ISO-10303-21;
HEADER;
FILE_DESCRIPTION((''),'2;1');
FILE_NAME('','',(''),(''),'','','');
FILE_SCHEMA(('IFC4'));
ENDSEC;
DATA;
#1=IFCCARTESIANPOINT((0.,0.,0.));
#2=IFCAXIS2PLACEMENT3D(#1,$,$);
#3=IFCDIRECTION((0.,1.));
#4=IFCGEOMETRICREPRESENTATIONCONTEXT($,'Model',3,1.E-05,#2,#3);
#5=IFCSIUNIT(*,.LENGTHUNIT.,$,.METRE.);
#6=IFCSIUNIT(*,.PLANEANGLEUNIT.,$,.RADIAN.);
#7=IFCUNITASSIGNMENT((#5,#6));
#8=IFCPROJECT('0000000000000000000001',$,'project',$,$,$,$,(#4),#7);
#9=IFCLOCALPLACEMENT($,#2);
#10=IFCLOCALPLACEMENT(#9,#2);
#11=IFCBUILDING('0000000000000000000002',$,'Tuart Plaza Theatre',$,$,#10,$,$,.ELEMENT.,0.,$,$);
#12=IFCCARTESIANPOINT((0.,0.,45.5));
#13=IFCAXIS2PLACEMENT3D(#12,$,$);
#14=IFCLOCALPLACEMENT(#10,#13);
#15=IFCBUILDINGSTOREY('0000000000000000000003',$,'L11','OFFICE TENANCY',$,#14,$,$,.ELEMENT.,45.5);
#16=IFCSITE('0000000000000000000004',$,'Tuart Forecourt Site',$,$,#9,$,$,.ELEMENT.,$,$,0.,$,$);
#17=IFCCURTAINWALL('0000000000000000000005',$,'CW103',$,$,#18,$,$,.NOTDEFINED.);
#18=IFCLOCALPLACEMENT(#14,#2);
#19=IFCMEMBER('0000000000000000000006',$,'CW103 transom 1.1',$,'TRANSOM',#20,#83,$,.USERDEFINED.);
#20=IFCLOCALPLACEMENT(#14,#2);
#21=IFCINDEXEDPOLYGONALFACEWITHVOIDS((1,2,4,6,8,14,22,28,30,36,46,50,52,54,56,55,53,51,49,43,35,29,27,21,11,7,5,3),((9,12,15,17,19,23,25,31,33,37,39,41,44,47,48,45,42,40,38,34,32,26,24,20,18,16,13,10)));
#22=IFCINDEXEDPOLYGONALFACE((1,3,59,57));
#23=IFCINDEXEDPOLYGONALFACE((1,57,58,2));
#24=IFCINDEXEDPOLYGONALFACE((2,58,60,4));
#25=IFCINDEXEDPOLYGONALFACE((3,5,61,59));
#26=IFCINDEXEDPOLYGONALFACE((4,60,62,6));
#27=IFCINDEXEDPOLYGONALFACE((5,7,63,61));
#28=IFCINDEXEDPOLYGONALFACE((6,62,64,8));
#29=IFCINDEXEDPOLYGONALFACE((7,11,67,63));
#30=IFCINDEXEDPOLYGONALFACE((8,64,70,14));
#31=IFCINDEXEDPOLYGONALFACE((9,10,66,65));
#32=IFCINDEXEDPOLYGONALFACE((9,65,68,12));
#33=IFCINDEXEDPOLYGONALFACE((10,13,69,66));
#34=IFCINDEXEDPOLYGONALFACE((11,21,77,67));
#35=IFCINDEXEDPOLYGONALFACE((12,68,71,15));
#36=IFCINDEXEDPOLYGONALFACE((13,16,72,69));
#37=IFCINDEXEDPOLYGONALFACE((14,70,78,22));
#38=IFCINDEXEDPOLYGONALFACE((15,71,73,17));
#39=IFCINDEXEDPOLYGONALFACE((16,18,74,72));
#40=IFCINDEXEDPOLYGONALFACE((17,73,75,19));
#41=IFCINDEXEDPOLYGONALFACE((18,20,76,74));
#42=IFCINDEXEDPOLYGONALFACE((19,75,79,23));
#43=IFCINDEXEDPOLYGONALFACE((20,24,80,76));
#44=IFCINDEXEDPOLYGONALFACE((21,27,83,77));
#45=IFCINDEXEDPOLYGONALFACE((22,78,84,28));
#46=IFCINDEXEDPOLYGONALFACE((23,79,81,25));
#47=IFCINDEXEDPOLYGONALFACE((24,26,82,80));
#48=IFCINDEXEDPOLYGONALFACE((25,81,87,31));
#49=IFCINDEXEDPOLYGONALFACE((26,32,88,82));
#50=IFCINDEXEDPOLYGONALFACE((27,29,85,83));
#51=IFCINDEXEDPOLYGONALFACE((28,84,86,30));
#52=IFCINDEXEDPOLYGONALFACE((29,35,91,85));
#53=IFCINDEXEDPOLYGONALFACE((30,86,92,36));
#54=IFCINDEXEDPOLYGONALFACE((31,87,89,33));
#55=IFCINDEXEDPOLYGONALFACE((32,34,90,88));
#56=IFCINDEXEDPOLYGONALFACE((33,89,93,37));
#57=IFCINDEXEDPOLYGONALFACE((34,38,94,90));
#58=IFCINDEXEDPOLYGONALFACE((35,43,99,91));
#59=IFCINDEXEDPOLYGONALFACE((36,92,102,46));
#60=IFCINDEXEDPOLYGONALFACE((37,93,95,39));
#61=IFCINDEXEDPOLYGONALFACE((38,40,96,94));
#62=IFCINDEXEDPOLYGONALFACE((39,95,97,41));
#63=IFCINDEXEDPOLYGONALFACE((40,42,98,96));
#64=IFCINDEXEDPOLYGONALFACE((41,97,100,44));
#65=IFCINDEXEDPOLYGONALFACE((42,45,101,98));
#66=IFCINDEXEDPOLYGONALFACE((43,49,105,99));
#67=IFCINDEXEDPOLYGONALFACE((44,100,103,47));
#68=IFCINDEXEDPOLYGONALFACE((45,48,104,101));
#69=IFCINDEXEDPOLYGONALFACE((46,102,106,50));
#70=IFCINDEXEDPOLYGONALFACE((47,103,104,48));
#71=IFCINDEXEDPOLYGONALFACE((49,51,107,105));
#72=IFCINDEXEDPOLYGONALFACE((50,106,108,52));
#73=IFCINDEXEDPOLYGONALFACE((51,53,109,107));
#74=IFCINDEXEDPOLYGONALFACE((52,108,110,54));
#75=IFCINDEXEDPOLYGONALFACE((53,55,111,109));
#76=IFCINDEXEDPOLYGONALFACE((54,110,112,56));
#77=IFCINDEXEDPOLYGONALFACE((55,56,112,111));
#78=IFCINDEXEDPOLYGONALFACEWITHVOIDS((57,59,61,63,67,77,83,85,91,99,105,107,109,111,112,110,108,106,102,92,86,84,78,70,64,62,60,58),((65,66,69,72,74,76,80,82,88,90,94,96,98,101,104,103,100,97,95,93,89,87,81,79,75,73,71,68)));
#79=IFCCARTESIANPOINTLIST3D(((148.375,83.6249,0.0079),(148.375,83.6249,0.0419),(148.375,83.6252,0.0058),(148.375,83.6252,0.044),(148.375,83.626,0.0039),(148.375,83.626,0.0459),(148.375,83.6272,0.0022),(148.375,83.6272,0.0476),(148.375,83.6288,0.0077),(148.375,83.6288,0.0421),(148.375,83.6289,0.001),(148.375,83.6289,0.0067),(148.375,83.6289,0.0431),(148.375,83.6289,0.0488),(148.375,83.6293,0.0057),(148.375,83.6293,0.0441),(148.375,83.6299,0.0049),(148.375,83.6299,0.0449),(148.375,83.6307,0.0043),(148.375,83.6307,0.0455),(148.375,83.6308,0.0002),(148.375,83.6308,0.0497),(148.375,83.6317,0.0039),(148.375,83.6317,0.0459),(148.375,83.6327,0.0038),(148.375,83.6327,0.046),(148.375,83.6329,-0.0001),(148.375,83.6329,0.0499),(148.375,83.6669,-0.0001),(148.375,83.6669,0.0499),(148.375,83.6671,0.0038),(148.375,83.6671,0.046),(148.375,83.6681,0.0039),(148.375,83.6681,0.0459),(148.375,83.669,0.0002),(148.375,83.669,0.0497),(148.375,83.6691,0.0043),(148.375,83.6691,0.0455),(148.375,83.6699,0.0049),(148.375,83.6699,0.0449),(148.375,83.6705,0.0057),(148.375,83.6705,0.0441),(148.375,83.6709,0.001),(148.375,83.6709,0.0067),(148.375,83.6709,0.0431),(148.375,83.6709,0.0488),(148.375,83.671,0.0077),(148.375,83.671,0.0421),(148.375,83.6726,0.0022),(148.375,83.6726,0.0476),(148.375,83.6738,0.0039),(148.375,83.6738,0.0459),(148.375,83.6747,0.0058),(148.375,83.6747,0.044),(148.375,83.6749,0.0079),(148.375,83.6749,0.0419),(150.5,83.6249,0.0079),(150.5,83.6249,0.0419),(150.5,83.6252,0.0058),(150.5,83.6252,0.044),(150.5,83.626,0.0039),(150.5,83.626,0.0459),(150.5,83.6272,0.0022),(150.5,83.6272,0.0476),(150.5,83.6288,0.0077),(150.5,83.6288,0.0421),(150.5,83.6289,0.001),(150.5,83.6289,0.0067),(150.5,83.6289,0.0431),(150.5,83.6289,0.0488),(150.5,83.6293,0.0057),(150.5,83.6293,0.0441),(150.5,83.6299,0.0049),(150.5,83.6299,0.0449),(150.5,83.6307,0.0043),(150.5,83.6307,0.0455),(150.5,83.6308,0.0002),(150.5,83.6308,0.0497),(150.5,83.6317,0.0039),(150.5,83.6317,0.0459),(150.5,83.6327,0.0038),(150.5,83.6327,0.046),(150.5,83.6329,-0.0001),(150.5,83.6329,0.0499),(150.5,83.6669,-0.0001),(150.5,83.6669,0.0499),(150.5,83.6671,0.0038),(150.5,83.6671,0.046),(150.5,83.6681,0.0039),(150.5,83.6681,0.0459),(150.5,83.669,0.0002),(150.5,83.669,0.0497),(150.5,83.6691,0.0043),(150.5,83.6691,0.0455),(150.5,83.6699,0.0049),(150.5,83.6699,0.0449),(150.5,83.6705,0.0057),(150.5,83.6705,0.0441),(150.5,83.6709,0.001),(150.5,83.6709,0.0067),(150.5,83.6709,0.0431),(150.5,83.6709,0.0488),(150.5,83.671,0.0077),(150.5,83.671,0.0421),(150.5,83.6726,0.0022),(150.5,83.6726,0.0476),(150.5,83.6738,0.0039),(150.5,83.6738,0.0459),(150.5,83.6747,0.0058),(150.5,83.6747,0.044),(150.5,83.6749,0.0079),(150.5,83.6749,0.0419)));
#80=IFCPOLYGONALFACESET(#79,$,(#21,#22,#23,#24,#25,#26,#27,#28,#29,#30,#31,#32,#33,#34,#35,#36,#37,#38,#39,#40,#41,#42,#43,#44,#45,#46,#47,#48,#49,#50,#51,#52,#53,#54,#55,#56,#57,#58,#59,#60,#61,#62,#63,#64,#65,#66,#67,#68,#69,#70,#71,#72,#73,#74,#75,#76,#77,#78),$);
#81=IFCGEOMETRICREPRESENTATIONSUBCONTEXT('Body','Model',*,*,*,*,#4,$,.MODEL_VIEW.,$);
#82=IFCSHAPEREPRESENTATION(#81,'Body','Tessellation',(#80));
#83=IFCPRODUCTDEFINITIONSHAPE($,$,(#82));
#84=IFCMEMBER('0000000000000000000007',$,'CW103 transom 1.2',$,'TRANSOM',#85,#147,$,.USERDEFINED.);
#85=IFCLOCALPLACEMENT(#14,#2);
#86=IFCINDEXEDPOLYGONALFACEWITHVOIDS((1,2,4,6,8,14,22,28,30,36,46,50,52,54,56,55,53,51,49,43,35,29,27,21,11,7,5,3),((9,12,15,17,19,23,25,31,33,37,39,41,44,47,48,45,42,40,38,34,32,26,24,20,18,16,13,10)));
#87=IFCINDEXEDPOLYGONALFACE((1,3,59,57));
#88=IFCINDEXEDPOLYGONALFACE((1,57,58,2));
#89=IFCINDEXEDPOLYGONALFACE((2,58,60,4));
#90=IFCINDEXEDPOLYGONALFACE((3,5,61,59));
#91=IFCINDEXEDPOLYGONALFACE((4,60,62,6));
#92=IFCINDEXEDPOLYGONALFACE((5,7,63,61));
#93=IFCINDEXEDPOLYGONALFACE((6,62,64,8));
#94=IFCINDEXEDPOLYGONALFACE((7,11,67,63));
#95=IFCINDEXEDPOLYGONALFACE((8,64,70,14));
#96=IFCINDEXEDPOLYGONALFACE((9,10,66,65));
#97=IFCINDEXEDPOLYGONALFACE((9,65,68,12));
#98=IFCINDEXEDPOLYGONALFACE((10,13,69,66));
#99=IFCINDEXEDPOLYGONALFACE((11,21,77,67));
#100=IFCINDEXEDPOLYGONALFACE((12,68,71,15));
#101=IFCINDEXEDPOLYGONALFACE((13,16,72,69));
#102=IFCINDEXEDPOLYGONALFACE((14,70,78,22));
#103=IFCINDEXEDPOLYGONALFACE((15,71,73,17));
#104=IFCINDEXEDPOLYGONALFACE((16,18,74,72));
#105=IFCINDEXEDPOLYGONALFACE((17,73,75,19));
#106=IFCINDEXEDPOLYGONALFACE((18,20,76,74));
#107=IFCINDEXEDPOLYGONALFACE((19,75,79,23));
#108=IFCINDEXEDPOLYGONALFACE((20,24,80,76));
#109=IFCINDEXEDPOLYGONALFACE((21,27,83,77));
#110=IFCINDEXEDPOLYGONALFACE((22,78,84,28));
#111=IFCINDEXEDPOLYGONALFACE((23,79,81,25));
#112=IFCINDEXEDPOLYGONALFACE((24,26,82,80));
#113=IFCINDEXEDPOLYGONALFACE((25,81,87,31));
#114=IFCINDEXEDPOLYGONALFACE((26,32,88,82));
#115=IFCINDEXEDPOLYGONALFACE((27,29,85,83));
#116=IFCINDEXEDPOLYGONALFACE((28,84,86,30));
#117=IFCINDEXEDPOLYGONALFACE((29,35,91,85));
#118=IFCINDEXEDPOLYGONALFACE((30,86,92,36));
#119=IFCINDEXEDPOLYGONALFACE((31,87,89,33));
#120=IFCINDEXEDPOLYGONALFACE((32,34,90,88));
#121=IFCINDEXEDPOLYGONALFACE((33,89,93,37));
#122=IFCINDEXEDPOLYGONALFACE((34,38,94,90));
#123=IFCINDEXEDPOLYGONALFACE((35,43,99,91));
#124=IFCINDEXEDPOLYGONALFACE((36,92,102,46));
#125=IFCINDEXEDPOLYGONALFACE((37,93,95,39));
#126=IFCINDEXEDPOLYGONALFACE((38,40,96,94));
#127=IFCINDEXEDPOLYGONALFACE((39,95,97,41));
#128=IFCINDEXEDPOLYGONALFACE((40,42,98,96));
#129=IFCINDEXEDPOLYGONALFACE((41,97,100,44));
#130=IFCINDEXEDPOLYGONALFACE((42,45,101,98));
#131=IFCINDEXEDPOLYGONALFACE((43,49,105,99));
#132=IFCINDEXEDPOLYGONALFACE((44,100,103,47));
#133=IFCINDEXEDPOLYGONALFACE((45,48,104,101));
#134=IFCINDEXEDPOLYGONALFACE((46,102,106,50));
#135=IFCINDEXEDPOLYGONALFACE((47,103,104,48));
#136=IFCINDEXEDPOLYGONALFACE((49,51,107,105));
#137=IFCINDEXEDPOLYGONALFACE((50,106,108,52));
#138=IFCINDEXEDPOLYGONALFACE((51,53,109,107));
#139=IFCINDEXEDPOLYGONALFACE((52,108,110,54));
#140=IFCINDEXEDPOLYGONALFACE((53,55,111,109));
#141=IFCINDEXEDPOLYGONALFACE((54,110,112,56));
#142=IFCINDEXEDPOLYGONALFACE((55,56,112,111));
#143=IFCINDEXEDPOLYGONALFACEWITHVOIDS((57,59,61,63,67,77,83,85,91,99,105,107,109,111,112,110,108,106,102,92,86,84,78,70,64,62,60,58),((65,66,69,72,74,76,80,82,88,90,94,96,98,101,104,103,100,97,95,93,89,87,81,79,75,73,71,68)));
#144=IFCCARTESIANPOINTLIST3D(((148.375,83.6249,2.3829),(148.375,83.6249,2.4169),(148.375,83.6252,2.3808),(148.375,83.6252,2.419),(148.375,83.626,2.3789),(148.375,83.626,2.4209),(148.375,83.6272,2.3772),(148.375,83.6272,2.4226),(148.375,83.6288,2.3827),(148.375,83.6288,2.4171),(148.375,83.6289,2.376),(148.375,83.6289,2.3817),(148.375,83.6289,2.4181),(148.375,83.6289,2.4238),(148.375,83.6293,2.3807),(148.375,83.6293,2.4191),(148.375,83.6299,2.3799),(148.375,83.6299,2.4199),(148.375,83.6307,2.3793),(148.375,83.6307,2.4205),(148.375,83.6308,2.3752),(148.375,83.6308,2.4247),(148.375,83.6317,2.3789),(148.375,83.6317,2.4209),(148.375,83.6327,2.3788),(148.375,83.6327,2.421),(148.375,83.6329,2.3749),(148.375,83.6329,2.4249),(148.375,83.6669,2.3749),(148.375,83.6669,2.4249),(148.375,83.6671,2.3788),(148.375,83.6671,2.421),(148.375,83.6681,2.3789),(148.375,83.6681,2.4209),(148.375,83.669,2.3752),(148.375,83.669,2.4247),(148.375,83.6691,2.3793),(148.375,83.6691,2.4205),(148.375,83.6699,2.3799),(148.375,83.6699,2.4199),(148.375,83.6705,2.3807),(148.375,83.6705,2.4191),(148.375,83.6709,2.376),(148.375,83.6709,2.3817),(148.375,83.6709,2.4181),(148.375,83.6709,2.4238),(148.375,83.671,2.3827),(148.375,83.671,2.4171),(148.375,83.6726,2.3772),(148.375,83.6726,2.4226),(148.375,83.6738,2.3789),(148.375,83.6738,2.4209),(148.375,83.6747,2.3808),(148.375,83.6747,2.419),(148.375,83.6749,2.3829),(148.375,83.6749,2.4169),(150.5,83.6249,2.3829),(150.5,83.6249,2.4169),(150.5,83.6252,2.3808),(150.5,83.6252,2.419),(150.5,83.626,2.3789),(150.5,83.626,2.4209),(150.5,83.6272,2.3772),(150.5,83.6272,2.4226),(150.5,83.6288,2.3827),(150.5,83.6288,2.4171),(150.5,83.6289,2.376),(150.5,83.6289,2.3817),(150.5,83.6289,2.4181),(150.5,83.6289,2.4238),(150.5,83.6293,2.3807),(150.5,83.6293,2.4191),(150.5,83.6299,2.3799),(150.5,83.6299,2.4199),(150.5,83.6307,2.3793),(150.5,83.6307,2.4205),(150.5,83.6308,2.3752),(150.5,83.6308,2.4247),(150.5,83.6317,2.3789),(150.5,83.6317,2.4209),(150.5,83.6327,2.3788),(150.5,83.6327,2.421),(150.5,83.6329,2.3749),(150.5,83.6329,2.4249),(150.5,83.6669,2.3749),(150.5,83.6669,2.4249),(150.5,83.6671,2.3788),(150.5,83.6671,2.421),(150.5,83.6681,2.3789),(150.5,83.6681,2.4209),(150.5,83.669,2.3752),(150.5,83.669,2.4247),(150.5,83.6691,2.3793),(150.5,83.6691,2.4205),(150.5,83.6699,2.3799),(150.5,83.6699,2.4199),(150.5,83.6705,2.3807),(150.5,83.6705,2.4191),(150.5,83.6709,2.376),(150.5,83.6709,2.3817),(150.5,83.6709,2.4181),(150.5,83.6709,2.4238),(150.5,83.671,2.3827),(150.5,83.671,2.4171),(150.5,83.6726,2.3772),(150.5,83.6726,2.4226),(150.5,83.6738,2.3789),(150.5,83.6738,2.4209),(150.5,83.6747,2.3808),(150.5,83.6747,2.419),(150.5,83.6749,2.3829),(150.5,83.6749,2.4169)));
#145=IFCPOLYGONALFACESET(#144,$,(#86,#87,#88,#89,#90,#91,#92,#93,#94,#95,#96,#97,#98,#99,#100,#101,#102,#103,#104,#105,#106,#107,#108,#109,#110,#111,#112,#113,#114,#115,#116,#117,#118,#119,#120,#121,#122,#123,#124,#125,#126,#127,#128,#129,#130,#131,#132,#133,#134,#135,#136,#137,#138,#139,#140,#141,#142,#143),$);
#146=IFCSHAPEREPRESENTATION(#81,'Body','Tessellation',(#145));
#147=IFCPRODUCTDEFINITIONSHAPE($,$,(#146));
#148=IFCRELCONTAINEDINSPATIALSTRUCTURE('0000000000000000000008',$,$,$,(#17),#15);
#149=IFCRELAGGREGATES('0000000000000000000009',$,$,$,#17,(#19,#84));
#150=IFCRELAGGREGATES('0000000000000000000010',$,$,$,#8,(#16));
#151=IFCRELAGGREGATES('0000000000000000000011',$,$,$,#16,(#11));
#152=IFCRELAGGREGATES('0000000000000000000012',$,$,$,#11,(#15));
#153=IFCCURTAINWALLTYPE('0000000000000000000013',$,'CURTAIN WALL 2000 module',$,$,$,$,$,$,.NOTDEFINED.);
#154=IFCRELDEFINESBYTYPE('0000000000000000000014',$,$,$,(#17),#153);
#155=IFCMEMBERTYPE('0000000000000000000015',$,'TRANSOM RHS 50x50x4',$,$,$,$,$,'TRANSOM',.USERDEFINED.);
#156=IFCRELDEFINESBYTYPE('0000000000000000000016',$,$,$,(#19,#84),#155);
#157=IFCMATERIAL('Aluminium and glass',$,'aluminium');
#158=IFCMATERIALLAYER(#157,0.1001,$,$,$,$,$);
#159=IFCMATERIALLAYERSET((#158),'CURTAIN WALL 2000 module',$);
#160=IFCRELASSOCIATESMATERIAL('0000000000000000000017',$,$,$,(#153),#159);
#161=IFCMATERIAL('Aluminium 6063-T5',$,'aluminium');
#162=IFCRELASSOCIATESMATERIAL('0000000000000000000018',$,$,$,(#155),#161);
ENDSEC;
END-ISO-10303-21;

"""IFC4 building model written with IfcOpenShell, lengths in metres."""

from ifc_helpers import new_model, si_unit, direction, frame, origin, origin_2d, place, context, subcontext, project, spatial, hollow_rectangle, extrude, material, layer, layer_set, material_profile, profile_set, type_object, element, aggregate, save


model = new_model("IFC4")

# Units and contexts
model_context = context("Model", 3, precision=1e-05, world=origin(), true_north=direction((0.0, 1.0)))
body_context = subcontext(model_context, "Body", "Model", "MODEL_VIEW")
ifc_project = project(units=[si_unit("LENGTHUNIT", "METRE"), si_unit("PLANEANGLEUNIT", "RADIAN")], contexts=[model_context])

# Site, building, storey
site_placement = place(None, origin())
site = spatial("IfcSite", under=ifc_project, at=site_placement, Name="Tuart Forecourt Site", CompositionType="ELEMENT", RefElevation=0.0)
building_placement = place(site_placement, origin())
building = spatial("IfcBuilding", under=site, at=building_placement, Name="Tuart Plaza Theatre", CompositionType="ELEMENT", ElevationOfRefHeight=0.0)
storey_placement = place(building_placement, frame((0.0, 0.0, 45.5)))
storey = spatial("IfcBuildingStorey", under=building, at=storey_placement, Name="L11", Description="OFFICE TENANCY", CompositionType="ELEMENT", Elevation=45.5)

# Shared definitions
ifc_material_1 = material(Name="Aluminium and glass", Category="aluminium")
ifc_layer_1 = layer(ifc_material_1, 0.1001)
ifc_layer_set_1 = layer_set([ifc_layer_1], Name="CURTAIN WALL 2000 module")
curtain_wall_type = type_object("IfcCurtainWallType", Name="CURTAIN WALL 2000 module", PredefinedType="NOTDEFINED", material=ifc_layer_set_1)

# Curtain wall, members
curtain_wall_1_placement = place(storey_placement, origin())
curtain_wall_1 = element("IfcCurtainWall", 1, at=curtain_wall_1_placement, inside=storey, type_object=curtain_wall_type, Name="CW103", PredefinedType="NOTDEFINED")
ifc_material_2 = material(Name="Aluminium 6063-T5", Category="aluminium")
ifc_material_profile_1 = material_profile(ifc_material_2, hollow_rectangle(XDim=0.05, YDim=0.05, WallThickness=0.0039, InnerFilletRadius=0.0039, OuterFilletRadius=0.0081, at=origin_2d()), Name="RHS 50x50x4")
ifc_profile_set_1 = profile_set([ifc_material_profile_1], Name="Aluminium 6063-T5")
member_type_1 = type_object("IfcMemberType", Name="TRANSOM RHS 50x50x4", ElementType="TRANSOM", PredefinedType="USERDEFINED", material=ifc_profile_set_1)
member_1_placement = place(storey_placement, frame((150.5, 83.6499, 0.0249), z_axis=(-1.0, 0.0, 0.0), x_axis=(0.0, -1.0, 0.0)))
member_1 = element("IfcMember", 2, at=member_1_placement, type_object=member_type_1, Name="CW103 transom 1.1", ObjectType="TRANSOM", PredefinedType="USERDEFINED", context=body_context, shape_type="SweptSolid", body=[
    extrude(hollow_rectangle(XDim=0.05, YDim=0.05, WallThickness=0.0039, InnerFilletRadius=0.0039, OuterFilletRadius=0.0081, at=origin_2d()), origin(), (0.0, 0.0, 1.0), 2.125),
])
member_2_placement = place(storey_placement, frame((150.5, 83.6499, 2.3999), z_axis=(-1.0, 0.0, 0.0), x_axis=(0.0, -1.0, 0.0)))
member_2 = element("IfcMember", 3, at=member_2_placement, type_object=member_type_1, Name="CW103 transom 1.2", ObjectType="TRANSOM", PredefinedType="USERDEFINED", context=body_context, shape_type="SweptSolid", body=[
    extrude(hollow_rectangle(XDim=0.05, YDim=0.05, WallThickness=0.0039, InnerFilletRadius=0.0039, OuterFilletRadius=0.0081, at=origin_2d()), origin(), (0.0, 0.0, 1.0), 2.125),
])

aggregate(curtain_wall_1, [member_1, member_2])

save(model, "model.ifc")
